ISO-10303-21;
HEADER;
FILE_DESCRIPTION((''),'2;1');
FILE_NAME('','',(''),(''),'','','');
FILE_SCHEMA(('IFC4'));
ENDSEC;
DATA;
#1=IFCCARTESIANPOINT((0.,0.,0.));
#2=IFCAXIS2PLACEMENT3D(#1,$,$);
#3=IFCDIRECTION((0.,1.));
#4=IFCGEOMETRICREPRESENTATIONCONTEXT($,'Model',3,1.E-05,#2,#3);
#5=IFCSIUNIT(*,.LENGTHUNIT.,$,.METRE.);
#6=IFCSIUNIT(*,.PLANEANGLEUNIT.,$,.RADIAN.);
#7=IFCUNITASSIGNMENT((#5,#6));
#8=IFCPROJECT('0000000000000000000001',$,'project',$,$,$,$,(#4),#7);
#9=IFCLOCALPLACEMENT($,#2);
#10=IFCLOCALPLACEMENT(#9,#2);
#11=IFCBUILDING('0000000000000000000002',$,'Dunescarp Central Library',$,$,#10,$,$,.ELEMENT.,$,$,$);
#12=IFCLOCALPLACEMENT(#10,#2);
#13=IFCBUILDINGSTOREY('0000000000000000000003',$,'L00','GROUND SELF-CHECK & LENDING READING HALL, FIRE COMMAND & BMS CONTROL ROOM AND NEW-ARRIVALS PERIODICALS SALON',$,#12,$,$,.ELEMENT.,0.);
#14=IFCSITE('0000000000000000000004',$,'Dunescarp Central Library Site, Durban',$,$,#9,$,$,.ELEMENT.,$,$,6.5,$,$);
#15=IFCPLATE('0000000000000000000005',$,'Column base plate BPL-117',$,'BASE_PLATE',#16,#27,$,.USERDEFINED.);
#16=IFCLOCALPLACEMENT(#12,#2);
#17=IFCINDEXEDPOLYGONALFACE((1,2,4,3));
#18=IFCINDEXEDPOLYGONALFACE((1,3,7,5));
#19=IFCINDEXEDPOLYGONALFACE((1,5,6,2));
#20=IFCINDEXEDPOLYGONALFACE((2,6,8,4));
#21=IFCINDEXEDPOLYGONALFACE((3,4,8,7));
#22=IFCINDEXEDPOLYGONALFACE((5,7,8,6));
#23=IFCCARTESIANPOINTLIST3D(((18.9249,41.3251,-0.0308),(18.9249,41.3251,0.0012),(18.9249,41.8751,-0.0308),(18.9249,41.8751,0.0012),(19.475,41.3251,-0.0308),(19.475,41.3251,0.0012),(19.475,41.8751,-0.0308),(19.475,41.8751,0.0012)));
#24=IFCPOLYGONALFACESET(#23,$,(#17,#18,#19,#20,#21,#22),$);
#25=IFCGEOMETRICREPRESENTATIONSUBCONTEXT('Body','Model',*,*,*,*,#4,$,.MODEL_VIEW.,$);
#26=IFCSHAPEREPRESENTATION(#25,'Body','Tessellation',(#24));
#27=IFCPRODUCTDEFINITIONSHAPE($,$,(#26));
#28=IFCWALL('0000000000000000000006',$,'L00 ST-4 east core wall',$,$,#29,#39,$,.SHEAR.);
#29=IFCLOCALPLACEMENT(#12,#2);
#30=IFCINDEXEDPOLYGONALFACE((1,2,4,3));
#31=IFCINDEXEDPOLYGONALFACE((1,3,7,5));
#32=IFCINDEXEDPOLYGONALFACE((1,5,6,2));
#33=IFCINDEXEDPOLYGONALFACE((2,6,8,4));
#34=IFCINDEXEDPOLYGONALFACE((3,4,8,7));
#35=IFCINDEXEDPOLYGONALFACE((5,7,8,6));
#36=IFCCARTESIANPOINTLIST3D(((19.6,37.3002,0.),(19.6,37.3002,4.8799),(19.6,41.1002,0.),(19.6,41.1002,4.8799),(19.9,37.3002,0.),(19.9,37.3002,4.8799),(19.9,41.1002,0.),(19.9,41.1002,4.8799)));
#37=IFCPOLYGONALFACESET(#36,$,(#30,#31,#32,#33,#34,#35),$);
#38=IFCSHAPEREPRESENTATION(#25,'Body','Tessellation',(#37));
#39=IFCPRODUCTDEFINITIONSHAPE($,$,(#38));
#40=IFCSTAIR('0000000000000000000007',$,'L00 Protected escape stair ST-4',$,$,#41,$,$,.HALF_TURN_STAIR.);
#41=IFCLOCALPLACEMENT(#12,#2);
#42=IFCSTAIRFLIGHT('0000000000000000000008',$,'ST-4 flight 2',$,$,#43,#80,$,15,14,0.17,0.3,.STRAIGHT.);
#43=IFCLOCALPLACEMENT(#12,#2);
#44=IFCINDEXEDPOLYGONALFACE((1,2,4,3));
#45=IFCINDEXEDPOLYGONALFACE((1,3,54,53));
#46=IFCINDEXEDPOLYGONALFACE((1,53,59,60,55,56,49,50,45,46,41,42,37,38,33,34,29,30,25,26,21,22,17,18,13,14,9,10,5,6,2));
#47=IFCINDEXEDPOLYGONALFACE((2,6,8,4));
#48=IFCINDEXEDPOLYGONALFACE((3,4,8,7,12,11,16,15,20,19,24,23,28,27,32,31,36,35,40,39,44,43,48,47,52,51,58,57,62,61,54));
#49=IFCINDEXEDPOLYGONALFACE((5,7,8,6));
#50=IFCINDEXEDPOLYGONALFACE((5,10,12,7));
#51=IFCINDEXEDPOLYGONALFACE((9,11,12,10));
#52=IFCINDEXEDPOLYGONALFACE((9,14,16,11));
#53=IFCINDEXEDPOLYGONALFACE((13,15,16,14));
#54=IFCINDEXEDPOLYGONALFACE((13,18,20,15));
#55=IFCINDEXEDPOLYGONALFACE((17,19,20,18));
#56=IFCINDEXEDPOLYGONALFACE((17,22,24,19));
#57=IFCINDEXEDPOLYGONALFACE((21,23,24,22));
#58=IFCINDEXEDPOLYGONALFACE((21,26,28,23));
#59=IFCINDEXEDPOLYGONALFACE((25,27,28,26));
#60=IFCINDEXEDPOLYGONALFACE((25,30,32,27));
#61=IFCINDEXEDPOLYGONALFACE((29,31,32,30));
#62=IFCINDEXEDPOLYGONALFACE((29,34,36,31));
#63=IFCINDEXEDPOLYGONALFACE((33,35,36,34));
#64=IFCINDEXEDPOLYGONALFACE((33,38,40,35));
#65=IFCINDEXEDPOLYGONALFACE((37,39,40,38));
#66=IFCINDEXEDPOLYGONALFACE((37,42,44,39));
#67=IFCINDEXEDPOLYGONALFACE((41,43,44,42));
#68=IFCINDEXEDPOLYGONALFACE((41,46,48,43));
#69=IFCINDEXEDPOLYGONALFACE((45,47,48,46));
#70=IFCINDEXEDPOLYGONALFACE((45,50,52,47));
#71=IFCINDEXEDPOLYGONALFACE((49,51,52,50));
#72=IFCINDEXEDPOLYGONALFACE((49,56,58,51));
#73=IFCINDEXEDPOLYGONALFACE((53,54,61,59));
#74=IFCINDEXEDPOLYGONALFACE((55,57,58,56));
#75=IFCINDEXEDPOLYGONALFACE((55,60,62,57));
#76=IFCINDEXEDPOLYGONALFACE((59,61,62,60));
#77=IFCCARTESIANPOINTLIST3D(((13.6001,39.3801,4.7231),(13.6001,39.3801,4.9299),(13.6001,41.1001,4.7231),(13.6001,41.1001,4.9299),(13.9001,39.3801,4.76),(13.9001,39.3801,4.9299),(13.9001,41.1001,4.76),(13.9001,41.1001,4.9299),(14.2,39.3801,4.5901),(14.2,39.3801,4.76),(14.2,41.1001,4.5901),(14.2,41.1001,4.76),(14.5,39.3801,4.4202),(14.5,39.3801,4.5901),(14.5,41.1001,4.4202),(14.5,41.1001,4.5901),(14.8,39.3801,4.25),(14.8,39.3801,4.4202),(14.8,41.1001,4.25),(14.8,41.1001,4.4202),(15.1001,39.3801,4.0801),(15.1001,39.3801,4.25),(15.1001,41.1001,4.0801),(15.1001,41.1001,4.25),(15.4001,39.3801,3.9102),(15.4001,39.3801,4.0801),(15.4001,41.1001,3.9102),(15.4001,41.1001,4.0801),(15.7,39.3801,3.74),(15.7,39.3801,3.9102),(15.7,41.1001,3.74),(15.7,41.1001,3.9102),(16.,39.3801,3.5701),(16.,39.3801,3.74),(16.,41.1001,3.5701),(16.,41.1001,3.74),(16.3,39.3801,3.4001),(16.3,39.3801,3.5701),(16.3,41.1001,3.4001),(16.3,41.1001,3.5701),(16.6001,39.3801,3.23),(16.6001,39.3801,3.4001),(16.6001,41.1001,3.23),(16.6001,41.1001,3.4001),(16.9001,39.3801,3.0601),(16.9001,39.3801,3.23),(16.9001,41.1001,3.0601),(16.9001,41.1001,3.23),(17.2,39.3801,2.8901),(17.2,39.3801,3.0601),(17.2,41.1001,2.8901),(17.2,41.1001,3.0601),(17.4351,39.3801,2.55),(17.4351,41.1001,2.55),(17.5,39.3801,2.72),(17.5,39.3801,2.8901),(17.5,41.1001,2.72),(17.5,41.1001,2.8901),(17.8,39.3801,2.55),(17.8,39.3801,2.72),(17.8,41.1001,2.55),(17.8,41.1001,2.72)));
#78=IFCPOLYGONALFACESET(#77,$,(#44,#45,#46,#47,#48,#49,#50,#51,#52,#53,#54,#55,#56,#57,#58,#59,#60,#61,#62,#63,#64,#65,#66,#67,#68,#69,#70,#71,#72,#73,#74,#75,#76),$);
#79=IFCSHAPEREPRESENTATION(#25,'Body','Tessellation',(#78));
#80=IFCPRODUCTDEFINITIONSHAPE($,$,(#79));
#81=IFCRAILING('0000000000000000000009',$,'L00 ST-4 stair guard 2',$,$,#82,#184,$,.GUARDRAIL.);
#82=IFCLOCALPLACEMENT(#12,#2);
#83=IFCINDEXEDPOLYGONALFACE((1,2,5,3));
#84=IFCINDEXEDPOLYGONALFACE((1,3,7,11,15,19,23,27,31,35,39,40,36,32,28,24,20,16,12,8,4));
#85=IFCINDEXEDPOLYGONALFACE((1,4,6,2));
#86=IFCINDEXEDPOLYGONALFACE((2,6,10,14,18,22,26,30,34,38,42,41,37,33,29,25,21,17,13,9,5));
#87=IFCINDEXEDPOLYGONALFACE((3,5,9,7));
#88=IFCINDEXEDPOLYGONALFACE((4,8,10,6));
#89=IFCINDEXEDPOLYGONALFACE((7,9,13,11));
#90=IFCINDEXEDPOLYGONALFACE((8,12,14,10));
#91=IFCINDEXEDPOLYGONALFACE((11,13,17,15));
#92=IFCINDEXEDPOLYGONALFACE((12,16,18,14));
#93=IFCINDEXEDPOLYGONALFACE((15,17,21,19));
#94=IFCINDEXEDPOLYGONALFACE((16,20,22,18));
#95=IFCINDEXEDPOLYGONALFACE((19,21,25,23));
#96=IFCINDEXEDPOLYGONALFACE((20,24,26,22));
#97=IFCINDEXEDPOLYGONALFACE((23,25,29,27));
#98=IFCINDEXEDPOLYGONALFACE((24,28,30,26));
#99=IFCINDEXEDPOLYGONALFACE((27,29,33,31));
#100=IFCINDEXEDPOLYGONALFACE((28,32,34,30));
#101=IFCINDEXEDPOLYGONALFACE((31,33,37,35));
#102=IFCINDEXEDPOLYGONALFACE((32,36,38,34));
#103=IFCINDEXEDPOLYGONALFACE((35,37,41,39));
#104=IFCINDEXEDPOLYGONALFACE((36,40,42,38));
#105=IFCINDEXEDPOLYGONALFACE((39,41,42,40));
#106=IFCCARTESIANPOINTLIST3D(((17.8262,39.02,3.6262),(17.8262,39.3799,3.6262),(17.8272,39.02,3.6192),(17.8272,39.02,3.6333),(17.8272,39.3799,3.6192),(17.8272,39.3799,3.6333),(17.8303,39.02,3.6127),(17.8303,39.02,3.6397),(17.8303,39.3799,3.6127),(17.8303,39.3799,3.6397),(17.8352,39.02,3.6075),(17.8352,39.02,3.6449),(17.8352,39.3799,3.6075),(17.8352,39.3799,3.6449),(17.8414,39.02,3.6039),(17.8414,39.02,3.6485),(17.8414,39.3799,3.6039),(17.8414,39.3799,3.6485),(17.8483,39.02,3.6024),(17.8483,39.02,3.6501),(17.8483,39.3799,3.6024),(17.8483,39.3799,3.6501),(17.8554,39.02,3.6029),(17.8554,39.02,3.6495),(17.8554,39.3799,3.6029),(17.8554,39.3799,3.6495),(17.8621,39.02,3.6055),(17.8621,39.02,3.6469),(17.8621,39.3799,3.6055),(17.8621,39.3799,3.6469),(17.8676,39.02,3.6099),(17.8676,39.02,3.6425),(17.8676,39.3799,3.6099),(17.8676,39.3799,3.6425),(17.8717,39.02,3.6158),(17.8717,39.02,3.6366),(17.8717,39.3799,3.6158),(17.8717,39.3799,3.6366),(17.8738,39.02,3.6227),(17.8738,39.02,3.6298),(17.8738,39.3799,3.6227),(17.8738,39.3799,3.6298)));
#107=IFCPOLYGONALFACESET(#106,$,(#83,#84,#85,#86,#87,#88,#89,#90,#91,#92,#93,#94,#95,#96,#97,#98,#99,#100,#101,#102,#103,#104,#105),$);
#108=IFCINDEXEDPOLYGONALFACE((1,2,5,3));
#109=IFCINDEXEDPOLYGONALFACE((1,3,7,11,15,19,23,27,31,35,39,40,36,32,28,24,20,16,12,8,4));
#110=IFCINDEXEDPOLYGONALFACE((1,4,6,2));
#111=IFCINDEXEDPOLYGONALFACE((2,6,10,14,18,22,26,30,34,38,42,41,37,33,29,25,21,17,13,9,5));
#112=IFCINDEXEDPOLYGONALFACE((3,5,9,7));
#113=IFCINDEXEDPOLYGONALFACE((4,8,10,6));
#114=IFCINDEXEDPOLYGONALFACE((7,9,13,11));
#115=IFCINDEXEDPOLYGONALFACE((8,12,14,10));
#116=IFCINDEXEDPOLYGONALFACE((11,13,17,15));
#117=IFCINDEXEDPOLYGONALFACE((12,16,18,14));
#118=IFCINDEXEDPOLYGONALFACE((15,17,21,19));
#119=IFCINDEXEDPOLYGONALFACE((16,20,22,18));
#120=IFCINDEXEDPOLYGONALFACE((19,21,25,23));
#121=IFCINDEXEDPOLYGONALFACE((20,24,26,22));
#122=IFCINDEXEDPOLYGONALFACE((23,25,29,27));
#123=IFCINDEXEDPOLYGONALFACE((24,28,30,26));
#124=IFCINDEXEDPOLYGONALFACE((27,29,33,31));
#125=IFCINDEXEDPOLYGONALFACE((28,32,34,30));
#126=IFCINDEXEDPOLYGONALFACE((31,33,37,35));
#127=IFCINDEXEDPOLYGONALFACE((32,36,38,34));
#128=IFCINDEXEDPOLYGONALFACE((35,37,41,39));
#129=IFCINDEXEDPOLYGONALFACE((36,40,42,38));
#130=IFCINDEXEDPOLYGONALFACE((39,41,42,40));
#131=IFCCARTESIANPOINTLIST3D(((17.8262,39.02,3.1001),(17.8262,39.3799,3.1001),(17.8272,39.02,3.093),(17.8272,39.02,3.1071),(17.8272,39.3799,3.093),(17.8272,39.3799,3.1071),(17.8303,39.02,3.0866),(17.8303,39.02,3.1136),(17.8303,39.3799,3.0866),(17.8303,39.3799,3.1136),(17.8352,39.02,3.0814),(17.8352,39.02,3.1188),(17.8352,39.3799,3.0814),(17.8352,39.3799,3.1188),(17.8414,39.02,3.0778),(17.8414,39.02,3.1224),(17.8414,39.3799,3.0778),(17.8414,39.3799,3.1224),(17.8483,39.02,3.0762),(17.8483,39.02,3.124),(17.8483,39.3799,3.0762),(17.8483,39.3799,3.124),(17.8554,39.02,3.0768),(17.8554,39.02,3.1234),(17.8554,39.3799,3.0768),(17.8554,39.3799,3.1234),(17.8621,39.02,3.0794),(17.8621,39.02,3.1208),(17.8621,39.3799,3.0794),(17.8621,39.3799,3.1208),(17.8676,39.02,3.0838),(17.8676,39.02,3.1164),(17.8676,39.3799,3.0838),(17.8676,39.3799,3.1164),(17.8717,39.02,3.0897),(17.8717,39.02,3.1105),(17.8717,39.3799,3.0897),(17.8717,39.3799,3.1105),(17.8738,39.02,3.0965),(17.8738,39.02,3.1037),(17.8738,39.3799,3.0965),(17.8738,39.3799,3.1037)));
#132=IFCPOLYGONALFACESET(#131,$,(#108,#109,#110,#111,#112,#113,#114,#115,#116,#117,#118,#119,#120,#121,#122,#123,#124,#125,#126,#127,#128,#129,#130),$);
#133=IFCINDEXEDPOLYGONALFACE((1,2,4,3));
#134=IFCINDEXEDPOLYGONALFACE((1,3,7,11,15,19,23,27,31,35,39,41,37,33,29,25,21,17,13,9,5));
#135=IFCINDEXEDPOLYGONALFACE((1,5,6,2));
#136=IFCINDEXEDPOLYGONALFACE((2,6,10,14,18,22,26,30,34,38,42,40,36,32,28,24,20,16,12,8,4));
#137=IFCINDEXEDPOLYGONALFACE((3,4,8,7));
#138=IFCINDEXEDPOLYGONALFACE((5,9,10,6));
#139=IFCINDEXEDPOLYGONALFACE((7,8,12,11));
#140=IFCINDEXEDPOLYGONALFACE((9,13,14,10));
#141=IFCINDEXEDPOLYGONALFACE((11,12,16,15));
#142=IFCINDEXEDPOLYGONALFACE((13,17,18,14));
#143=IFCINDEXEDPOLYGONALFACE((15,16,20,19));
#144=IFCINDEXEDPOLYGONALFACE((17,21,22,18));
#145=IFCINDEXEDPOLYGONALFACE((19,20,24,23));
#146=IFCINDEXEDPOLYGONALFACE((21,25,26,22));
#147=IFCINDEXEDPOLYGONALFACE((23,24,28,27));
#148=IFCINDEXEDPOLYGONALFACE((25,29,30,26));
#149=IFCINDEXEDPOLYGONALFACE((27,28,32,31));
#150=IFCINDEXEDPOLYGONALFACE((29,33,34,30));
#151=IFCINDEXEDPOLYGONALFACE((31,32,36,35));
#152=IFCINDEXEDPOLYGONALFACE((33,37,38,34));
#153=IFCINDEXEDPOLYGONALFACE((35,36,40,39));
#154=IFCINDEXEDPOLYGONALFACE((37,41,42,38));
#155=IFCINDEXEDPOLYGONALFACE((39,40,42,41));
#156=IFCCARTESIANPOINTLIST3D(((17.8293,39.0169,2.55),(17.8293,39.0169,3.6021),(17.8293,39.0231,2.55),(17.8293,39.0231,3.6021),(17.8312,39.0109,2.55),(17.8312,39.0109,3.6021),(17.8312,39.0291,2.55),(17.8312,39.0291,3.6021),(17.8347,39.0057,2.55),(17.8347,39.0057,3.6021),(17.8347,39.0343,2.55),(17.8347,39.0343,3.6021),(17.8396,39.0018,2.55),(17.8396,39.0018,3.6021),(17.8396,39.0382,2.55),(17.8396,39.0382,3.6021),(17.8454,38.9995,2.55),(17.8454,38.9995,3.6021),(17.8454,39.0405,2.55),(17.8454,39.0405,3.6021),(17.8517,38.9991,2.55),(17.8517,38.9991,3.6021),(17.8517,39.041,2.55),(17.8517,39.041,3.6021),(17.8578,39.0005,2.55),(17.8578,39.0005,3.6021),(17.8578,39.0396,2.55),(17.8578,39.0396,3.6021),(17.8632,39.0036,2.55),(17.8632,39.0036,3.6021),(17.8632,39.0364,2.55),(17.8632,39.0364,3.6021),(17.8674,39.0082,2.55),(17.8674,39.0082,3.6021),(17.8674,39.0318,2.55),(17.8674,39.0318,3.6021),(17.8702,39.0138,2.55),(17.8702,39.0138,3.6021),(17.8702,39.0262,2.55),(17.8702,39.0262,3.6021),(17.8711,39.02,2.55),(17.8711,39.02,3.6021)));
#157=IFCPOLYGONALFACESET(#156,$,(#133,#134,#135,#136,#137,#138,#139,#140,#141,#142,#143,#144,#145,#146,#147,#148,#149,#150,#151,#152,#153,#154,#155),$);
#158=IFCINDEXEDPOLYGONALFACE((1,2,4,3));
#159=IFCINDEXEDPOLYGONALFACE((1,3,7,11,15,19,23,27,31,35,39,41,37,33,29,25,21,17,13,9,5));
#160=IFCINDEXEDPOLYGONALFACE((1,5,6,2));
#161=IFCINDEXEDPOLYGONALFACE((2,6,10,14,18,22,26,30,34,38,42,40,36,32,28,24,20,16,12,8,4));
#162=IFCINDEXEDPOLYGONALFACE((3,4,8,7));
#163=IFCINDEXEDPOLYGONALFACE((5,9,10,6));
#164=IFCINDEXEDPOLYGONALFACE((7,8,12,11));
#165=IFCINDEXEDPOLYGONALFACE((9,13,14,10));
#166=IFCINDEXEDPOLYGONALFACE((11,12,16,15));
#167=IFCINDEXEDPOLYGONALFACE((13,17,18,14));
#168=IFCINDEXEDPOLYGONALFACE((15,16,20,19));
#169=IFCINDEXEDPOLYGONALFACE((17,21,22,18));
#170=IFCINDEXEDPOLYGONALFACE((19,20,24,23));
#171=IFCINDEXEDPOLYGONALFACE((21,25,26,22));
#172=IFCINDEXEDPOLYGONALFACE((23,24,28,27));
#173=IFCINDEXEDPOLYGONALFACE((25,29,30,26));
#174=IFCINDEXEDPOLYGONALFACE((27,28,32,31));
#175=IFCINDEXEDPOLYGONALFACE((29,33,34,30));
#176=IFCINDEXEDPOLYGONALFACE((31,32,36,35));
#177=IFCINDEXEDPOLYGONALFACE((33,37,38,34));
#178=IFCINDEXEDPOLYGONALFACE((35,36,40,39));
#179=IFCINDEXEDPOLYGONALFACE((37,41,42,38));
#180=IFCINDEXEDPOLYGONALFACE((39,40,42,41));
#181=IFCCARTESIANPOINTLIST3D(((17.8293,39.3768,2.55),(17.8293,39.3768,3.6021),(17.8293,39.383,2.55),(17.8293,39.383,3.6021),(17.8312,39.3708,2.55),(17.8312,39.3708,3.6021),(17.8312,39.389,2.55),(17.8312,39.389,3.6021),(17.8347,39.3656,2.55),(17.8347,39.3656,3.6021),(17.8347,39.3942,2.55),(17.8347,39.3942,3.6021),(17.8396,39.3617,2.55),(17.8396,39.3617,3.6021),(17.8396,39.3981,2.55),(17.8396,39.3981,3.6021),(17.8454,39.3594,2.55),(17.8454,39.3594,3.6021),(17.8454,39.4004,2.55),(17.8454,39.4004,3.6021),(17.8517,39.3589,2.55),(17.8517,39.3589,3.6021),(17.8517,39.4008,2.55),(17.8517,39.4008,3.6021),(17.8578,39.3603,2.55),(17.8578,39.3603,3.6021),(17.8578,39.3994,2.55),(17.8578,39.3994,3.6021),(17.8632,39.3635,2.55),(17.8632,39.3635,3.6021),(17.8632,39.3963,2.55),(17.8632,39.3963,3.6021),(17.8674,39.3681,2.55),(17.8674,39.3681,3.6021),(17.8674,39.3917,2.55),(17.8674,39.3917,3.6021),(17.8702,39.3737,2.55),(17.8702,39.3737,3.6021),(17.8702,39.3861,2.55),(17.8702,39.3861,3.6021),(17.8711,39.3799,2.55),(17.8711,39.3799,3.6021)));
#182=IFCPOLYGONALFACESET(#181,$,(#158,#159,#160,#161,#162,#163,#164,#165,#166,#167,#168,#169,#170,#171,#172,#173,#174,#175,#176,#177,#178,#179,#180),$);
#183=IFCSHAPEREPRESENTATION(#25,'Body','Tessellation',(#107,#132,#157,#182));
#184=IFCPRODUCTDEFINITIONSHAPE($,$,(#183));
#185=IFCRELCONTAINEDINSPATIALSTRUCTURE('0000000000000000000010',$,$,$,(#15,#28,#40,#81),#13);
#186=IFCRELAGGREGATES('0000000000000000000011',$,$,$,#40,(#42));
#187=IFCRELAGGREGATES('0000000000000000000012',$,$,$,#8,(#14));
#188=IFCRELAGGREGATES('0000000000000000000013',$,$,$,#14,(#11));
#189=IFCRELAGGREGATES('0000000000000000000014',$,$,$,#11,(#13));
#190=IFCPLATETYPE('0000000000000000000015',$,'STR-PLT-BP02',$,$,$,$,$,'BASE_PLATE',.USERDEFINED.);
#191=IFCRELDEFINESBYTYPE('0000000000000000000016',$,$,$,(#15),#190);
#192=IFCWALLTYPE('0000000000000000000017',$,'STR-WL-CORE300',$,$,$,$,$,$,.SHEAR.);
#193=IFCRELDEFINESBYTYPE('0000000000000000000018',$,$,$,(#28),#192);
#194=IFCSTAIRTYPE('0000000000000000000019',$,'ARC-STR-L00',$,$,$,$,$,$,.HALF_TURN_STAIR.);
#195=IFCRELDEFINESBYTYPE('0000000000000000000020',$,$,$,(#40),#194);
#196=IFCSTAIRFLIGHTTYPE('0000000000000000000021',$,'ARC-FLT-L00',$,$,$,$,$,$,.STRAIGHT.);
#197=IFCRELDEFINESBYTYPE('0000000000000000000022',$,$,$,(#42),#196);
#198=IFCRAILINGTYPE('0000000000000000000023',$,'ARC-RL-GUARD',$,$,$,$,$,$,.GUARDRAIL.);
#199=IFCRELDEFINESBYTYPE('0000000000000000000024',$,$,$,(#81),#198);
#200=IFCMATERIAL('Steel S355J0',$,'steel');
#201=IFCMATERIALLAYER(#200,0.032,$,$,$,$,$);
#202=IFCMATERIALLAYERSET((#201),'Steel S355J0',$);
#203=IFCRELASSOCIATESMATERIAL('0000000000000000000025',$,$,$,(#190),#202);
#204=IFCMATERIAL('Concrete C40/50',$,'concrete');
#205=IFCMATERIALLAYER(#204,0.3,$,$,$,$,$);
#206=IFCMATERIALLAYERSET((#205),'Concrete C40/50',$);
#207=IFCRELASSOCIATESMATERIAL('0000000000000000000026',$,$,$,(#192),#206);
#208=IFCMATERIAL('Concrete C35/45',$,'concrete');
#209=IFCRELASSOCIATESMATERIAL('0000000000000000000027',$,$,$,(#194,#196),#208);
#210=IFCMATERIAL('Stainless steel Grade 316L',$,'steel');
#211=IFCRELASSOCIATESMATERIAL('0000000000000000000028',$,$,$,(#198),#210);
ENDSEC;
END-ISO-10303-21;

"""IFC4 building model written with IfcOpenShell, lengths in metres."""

from ifc_helpers import new_model, si_unit, direction, frame, frame_2d, origin, origin_2d, place, context, subcontext, project, spatial, polyline, rectangle, circle, outline, extrude, material, layer, layer_set, type_object, element, aggregate, save


model = new_model("IFC4")

# Units and contexts
model_context = context("Model", 3, precision=1e-05, world=origin(), true_north=direction((0.0, 1.0)))
body_context = subcontext(model_context, "Body", "Model", "MODEL_VIEW")
ifc_project = project(units=[si_unit("LENGTHUNIT", "METRE"), si_unit("PLANEANGLEUNIT", "RADIAN")], contexts=[model_context])

# Site, building, storey
site_placement = place(None, origin())
site = spatial("IfcSite", under=ifc_project, at=site_placement, Name="Dunescarp Central Library Site, Durban", CompositionType="ELEMENT", RefElevation=6.5)
building_placement = place(site_placement, origin())
building = spatial("IfcBuilding", under=site, at=building_placement, Name="Dunescarp Central Library", CompositionType="ELEMENT")
storey_placement = place(building_placement, origin())
storey = spatial("IfcBuildingStorey", under=building, at=storey_placement, Name="L00", Description="GROUND SELF-CHECK & LENDING READING HALL, FIRE COMMAND & BMS CONTROL ROOM AND NEW-ARRIVALS PERIODICALS SALON", CompositionType="ELEMENT", Elevation=0.0)

# Shared definitions
ifc_material_1 = material(Name="Concrete C40/50", Category="concrete")

# Plate
ifc_material_2 = material(Name="Steel S355J0", Category="steel")
ifc_layer_1 = layer(ifc_material_2, 0.032)
ifc_layer_set_1 = layer_set([ifc_layer_1], Name="Steel S355J0")
plate_type_1 = type_object("IfcPlateType", Name="STR-PLT-BP02", ElementType="BASE_PLATE", PredefinedType="USERDEFINED", material=ifc_layer_set_1)
plate_1_placement = place(storey_placement, frame((19.2, 41.6001, -0.0308), z_axis=(0.0, 0.0, 1.0), x_axis=(1.0, 0.0, 0.0)))
element("IfcPlate", 1, at=plate_1_placement, inside=storey, type_object=plate_type_1, Name="Column base plate BPL-117", ObjectType="BASE_PLATE", PredefinedType="USERDEFINED", context=body_context, shape_type="SweptSolid", body=[
    extrude(rectangle(XDim=0.55, YDim=0.55, at=origin_2d()), origin(), (0.0, 0.0, 1.0), 0.032),
])

# Wall
ifc_layer_2 = layer(ifc_material_1, 0.3)
ifc_layer_set_2 = layer_set([ifc_layer_2], Name="Concrete C40/50")
wall_type = type_object("IfcWallType", Name="STR-WL-CORE300", PredefinedType="SHEAR", material=ifc_layer_set_2)
wall_placement = place(storey_placement, frame((19.75, 41.1001, 0.0), z_axis=(0.0, 0.0, 1.0), x_axis=(0.0, -1.0, 0.0)))
element("IfcWall", 2, at=wall_placement, inside=storey, type_object=wall_type, Name="L00 ST-4 east core wall", PredefinedType="SHEAR", context=body_context, shape_type="SweptSolid", body=[
    extrude(rectangle(XDim=3.8, YDim=0.3, at=frame_2d((1.8999, 0.0))), origin(), (0.0, 0.0, 1.0), 4.8799),
])

# Stair, stair flight
ifc_material_3 = material(Name="Concrete C35/45", Category="concrete")
stair_type = type_object("IfcStairType", Name="ARC-STR-L00", PredefinedType="HALF_TURN_STAIR", material=ifc_material_3)
stair_placement = place(storey_placement, origin())
stair = element("IfcStair", 3, at=stair_placement, inside=storey, type_object=stair_type, Name="L00 Protected escape stair ST-4", PredefinedType="HALF_TURN_STAIR")
stair_flight_type = type_object("IfcStairFlightType", Name="ARC-FLT-L00", PredefinedType="STRAIGHT", material=ifc_material_3)
stair_flight_placement = place(storey_placement, frame((17.8, 40.24, 2.55), z_axis=(0.0, 0.0, 1.0), x_axis=(-1.0, 0.0, 0.0)))
stair_flight = element("IfcStairFlight", 4, at=stair_flight_placement, type_object=stair_flight_type, Name="ST-4 flight 2", NumberOfRisers=15, NumberOfTreads=14, PredefinedType="STRAIGHT", RiserHeight=0.17, TreadLength=0.3, context=body_context, shape_type="SweptSolid", body=[
    extrude(outline(polyline([(0.0, 0.0), (0.0, 0.1699), (0.3, 0.1699), (0.3, 0.3401), (0.6001, 0.3401), (0.6001, 0.51), (0.8999, 0.51), (0.8999, 0.6799), (1.2, 0.6799), (1.2, 0.8501), (1.5, 0.8501), (1.5, 1.02), (1.8, 1.02), (1.8, 1.1899), (2.1001, 1.1899), (2.1001, 1.3601), (2.3999, 1.3601), (2.3999, 1.53), (2.7, 1.53), (2.7, 1.7), (3.0, 1.7), (3.0, 1.8701), (3.3, 1.8701), (3.3, 2.04), (3.6001, 2.04), (3.6001, 2.21), (3.8999, 2.21), (3.8999, 2.3799), (4.2, 2.3799), (4.2, 2.55), (4.2, 2.1731), (0.365, 0.0), (0.0, 0.0)])), frame((0.0, 0.8599, 0.0), z_axis=(0.0, -1.0, 0.0), x_axis=(1.0, 0.0, 0.0)), (0.0, 0.0, 1.0), 1.72),
])
aggregate(stair, [stair_flight])

# Railing
ifc_material_4 = material(Name="Stainless steel Grade 316L", Category="steel")
railing_type_1 = type_object("IfcRailingType", Name="ARC-RL-GUARD", PredefinedType="GUARDRAIL", material=ifc_material_4)
railing_1_placement = place(storey_placement, frame((17.8501, 39.02, 2.55)))
element("IfcRailing", 5, at=railing_1_placement, inside=storey, type_object=railing_type_1, Name="L00 ST-4 stair guard 2", PredefinedType="GUARDRAIL", context=body_context, shape_type="SweptSolid", body=[
    extrude(circle(Radius=0.0239, at=origin_2d()), frame((0.0, 0.0, 1.0762), z_axis=(0.0, 1.0, 0.0), x_axis=(-1.0, 0.0, 0.0)), (0.0, 0.0, 1.0), 0.3599),
    extrude(circle(Radius=0.0239, at=origin_2d()), frame((0.0, 0.0, 0.55), z_axis=(0.0, 1.0, 0.0), x_axis=(-1.0, 0.0, 0.0)), (0.0, 0.0, 1.0), 0.3599),
    extrude(circle(Radius=0.021, at=origin_2d()), origin(), (0.0, 0.0, 1.0), 1.052),
    extrude(circle(Radius=0.021, at=origin_2d()), frame((0.0, 0.3599, 0.0)), (0.0, 0.0, 1.0), 1.052),
])

save(model, "model.ifc")
